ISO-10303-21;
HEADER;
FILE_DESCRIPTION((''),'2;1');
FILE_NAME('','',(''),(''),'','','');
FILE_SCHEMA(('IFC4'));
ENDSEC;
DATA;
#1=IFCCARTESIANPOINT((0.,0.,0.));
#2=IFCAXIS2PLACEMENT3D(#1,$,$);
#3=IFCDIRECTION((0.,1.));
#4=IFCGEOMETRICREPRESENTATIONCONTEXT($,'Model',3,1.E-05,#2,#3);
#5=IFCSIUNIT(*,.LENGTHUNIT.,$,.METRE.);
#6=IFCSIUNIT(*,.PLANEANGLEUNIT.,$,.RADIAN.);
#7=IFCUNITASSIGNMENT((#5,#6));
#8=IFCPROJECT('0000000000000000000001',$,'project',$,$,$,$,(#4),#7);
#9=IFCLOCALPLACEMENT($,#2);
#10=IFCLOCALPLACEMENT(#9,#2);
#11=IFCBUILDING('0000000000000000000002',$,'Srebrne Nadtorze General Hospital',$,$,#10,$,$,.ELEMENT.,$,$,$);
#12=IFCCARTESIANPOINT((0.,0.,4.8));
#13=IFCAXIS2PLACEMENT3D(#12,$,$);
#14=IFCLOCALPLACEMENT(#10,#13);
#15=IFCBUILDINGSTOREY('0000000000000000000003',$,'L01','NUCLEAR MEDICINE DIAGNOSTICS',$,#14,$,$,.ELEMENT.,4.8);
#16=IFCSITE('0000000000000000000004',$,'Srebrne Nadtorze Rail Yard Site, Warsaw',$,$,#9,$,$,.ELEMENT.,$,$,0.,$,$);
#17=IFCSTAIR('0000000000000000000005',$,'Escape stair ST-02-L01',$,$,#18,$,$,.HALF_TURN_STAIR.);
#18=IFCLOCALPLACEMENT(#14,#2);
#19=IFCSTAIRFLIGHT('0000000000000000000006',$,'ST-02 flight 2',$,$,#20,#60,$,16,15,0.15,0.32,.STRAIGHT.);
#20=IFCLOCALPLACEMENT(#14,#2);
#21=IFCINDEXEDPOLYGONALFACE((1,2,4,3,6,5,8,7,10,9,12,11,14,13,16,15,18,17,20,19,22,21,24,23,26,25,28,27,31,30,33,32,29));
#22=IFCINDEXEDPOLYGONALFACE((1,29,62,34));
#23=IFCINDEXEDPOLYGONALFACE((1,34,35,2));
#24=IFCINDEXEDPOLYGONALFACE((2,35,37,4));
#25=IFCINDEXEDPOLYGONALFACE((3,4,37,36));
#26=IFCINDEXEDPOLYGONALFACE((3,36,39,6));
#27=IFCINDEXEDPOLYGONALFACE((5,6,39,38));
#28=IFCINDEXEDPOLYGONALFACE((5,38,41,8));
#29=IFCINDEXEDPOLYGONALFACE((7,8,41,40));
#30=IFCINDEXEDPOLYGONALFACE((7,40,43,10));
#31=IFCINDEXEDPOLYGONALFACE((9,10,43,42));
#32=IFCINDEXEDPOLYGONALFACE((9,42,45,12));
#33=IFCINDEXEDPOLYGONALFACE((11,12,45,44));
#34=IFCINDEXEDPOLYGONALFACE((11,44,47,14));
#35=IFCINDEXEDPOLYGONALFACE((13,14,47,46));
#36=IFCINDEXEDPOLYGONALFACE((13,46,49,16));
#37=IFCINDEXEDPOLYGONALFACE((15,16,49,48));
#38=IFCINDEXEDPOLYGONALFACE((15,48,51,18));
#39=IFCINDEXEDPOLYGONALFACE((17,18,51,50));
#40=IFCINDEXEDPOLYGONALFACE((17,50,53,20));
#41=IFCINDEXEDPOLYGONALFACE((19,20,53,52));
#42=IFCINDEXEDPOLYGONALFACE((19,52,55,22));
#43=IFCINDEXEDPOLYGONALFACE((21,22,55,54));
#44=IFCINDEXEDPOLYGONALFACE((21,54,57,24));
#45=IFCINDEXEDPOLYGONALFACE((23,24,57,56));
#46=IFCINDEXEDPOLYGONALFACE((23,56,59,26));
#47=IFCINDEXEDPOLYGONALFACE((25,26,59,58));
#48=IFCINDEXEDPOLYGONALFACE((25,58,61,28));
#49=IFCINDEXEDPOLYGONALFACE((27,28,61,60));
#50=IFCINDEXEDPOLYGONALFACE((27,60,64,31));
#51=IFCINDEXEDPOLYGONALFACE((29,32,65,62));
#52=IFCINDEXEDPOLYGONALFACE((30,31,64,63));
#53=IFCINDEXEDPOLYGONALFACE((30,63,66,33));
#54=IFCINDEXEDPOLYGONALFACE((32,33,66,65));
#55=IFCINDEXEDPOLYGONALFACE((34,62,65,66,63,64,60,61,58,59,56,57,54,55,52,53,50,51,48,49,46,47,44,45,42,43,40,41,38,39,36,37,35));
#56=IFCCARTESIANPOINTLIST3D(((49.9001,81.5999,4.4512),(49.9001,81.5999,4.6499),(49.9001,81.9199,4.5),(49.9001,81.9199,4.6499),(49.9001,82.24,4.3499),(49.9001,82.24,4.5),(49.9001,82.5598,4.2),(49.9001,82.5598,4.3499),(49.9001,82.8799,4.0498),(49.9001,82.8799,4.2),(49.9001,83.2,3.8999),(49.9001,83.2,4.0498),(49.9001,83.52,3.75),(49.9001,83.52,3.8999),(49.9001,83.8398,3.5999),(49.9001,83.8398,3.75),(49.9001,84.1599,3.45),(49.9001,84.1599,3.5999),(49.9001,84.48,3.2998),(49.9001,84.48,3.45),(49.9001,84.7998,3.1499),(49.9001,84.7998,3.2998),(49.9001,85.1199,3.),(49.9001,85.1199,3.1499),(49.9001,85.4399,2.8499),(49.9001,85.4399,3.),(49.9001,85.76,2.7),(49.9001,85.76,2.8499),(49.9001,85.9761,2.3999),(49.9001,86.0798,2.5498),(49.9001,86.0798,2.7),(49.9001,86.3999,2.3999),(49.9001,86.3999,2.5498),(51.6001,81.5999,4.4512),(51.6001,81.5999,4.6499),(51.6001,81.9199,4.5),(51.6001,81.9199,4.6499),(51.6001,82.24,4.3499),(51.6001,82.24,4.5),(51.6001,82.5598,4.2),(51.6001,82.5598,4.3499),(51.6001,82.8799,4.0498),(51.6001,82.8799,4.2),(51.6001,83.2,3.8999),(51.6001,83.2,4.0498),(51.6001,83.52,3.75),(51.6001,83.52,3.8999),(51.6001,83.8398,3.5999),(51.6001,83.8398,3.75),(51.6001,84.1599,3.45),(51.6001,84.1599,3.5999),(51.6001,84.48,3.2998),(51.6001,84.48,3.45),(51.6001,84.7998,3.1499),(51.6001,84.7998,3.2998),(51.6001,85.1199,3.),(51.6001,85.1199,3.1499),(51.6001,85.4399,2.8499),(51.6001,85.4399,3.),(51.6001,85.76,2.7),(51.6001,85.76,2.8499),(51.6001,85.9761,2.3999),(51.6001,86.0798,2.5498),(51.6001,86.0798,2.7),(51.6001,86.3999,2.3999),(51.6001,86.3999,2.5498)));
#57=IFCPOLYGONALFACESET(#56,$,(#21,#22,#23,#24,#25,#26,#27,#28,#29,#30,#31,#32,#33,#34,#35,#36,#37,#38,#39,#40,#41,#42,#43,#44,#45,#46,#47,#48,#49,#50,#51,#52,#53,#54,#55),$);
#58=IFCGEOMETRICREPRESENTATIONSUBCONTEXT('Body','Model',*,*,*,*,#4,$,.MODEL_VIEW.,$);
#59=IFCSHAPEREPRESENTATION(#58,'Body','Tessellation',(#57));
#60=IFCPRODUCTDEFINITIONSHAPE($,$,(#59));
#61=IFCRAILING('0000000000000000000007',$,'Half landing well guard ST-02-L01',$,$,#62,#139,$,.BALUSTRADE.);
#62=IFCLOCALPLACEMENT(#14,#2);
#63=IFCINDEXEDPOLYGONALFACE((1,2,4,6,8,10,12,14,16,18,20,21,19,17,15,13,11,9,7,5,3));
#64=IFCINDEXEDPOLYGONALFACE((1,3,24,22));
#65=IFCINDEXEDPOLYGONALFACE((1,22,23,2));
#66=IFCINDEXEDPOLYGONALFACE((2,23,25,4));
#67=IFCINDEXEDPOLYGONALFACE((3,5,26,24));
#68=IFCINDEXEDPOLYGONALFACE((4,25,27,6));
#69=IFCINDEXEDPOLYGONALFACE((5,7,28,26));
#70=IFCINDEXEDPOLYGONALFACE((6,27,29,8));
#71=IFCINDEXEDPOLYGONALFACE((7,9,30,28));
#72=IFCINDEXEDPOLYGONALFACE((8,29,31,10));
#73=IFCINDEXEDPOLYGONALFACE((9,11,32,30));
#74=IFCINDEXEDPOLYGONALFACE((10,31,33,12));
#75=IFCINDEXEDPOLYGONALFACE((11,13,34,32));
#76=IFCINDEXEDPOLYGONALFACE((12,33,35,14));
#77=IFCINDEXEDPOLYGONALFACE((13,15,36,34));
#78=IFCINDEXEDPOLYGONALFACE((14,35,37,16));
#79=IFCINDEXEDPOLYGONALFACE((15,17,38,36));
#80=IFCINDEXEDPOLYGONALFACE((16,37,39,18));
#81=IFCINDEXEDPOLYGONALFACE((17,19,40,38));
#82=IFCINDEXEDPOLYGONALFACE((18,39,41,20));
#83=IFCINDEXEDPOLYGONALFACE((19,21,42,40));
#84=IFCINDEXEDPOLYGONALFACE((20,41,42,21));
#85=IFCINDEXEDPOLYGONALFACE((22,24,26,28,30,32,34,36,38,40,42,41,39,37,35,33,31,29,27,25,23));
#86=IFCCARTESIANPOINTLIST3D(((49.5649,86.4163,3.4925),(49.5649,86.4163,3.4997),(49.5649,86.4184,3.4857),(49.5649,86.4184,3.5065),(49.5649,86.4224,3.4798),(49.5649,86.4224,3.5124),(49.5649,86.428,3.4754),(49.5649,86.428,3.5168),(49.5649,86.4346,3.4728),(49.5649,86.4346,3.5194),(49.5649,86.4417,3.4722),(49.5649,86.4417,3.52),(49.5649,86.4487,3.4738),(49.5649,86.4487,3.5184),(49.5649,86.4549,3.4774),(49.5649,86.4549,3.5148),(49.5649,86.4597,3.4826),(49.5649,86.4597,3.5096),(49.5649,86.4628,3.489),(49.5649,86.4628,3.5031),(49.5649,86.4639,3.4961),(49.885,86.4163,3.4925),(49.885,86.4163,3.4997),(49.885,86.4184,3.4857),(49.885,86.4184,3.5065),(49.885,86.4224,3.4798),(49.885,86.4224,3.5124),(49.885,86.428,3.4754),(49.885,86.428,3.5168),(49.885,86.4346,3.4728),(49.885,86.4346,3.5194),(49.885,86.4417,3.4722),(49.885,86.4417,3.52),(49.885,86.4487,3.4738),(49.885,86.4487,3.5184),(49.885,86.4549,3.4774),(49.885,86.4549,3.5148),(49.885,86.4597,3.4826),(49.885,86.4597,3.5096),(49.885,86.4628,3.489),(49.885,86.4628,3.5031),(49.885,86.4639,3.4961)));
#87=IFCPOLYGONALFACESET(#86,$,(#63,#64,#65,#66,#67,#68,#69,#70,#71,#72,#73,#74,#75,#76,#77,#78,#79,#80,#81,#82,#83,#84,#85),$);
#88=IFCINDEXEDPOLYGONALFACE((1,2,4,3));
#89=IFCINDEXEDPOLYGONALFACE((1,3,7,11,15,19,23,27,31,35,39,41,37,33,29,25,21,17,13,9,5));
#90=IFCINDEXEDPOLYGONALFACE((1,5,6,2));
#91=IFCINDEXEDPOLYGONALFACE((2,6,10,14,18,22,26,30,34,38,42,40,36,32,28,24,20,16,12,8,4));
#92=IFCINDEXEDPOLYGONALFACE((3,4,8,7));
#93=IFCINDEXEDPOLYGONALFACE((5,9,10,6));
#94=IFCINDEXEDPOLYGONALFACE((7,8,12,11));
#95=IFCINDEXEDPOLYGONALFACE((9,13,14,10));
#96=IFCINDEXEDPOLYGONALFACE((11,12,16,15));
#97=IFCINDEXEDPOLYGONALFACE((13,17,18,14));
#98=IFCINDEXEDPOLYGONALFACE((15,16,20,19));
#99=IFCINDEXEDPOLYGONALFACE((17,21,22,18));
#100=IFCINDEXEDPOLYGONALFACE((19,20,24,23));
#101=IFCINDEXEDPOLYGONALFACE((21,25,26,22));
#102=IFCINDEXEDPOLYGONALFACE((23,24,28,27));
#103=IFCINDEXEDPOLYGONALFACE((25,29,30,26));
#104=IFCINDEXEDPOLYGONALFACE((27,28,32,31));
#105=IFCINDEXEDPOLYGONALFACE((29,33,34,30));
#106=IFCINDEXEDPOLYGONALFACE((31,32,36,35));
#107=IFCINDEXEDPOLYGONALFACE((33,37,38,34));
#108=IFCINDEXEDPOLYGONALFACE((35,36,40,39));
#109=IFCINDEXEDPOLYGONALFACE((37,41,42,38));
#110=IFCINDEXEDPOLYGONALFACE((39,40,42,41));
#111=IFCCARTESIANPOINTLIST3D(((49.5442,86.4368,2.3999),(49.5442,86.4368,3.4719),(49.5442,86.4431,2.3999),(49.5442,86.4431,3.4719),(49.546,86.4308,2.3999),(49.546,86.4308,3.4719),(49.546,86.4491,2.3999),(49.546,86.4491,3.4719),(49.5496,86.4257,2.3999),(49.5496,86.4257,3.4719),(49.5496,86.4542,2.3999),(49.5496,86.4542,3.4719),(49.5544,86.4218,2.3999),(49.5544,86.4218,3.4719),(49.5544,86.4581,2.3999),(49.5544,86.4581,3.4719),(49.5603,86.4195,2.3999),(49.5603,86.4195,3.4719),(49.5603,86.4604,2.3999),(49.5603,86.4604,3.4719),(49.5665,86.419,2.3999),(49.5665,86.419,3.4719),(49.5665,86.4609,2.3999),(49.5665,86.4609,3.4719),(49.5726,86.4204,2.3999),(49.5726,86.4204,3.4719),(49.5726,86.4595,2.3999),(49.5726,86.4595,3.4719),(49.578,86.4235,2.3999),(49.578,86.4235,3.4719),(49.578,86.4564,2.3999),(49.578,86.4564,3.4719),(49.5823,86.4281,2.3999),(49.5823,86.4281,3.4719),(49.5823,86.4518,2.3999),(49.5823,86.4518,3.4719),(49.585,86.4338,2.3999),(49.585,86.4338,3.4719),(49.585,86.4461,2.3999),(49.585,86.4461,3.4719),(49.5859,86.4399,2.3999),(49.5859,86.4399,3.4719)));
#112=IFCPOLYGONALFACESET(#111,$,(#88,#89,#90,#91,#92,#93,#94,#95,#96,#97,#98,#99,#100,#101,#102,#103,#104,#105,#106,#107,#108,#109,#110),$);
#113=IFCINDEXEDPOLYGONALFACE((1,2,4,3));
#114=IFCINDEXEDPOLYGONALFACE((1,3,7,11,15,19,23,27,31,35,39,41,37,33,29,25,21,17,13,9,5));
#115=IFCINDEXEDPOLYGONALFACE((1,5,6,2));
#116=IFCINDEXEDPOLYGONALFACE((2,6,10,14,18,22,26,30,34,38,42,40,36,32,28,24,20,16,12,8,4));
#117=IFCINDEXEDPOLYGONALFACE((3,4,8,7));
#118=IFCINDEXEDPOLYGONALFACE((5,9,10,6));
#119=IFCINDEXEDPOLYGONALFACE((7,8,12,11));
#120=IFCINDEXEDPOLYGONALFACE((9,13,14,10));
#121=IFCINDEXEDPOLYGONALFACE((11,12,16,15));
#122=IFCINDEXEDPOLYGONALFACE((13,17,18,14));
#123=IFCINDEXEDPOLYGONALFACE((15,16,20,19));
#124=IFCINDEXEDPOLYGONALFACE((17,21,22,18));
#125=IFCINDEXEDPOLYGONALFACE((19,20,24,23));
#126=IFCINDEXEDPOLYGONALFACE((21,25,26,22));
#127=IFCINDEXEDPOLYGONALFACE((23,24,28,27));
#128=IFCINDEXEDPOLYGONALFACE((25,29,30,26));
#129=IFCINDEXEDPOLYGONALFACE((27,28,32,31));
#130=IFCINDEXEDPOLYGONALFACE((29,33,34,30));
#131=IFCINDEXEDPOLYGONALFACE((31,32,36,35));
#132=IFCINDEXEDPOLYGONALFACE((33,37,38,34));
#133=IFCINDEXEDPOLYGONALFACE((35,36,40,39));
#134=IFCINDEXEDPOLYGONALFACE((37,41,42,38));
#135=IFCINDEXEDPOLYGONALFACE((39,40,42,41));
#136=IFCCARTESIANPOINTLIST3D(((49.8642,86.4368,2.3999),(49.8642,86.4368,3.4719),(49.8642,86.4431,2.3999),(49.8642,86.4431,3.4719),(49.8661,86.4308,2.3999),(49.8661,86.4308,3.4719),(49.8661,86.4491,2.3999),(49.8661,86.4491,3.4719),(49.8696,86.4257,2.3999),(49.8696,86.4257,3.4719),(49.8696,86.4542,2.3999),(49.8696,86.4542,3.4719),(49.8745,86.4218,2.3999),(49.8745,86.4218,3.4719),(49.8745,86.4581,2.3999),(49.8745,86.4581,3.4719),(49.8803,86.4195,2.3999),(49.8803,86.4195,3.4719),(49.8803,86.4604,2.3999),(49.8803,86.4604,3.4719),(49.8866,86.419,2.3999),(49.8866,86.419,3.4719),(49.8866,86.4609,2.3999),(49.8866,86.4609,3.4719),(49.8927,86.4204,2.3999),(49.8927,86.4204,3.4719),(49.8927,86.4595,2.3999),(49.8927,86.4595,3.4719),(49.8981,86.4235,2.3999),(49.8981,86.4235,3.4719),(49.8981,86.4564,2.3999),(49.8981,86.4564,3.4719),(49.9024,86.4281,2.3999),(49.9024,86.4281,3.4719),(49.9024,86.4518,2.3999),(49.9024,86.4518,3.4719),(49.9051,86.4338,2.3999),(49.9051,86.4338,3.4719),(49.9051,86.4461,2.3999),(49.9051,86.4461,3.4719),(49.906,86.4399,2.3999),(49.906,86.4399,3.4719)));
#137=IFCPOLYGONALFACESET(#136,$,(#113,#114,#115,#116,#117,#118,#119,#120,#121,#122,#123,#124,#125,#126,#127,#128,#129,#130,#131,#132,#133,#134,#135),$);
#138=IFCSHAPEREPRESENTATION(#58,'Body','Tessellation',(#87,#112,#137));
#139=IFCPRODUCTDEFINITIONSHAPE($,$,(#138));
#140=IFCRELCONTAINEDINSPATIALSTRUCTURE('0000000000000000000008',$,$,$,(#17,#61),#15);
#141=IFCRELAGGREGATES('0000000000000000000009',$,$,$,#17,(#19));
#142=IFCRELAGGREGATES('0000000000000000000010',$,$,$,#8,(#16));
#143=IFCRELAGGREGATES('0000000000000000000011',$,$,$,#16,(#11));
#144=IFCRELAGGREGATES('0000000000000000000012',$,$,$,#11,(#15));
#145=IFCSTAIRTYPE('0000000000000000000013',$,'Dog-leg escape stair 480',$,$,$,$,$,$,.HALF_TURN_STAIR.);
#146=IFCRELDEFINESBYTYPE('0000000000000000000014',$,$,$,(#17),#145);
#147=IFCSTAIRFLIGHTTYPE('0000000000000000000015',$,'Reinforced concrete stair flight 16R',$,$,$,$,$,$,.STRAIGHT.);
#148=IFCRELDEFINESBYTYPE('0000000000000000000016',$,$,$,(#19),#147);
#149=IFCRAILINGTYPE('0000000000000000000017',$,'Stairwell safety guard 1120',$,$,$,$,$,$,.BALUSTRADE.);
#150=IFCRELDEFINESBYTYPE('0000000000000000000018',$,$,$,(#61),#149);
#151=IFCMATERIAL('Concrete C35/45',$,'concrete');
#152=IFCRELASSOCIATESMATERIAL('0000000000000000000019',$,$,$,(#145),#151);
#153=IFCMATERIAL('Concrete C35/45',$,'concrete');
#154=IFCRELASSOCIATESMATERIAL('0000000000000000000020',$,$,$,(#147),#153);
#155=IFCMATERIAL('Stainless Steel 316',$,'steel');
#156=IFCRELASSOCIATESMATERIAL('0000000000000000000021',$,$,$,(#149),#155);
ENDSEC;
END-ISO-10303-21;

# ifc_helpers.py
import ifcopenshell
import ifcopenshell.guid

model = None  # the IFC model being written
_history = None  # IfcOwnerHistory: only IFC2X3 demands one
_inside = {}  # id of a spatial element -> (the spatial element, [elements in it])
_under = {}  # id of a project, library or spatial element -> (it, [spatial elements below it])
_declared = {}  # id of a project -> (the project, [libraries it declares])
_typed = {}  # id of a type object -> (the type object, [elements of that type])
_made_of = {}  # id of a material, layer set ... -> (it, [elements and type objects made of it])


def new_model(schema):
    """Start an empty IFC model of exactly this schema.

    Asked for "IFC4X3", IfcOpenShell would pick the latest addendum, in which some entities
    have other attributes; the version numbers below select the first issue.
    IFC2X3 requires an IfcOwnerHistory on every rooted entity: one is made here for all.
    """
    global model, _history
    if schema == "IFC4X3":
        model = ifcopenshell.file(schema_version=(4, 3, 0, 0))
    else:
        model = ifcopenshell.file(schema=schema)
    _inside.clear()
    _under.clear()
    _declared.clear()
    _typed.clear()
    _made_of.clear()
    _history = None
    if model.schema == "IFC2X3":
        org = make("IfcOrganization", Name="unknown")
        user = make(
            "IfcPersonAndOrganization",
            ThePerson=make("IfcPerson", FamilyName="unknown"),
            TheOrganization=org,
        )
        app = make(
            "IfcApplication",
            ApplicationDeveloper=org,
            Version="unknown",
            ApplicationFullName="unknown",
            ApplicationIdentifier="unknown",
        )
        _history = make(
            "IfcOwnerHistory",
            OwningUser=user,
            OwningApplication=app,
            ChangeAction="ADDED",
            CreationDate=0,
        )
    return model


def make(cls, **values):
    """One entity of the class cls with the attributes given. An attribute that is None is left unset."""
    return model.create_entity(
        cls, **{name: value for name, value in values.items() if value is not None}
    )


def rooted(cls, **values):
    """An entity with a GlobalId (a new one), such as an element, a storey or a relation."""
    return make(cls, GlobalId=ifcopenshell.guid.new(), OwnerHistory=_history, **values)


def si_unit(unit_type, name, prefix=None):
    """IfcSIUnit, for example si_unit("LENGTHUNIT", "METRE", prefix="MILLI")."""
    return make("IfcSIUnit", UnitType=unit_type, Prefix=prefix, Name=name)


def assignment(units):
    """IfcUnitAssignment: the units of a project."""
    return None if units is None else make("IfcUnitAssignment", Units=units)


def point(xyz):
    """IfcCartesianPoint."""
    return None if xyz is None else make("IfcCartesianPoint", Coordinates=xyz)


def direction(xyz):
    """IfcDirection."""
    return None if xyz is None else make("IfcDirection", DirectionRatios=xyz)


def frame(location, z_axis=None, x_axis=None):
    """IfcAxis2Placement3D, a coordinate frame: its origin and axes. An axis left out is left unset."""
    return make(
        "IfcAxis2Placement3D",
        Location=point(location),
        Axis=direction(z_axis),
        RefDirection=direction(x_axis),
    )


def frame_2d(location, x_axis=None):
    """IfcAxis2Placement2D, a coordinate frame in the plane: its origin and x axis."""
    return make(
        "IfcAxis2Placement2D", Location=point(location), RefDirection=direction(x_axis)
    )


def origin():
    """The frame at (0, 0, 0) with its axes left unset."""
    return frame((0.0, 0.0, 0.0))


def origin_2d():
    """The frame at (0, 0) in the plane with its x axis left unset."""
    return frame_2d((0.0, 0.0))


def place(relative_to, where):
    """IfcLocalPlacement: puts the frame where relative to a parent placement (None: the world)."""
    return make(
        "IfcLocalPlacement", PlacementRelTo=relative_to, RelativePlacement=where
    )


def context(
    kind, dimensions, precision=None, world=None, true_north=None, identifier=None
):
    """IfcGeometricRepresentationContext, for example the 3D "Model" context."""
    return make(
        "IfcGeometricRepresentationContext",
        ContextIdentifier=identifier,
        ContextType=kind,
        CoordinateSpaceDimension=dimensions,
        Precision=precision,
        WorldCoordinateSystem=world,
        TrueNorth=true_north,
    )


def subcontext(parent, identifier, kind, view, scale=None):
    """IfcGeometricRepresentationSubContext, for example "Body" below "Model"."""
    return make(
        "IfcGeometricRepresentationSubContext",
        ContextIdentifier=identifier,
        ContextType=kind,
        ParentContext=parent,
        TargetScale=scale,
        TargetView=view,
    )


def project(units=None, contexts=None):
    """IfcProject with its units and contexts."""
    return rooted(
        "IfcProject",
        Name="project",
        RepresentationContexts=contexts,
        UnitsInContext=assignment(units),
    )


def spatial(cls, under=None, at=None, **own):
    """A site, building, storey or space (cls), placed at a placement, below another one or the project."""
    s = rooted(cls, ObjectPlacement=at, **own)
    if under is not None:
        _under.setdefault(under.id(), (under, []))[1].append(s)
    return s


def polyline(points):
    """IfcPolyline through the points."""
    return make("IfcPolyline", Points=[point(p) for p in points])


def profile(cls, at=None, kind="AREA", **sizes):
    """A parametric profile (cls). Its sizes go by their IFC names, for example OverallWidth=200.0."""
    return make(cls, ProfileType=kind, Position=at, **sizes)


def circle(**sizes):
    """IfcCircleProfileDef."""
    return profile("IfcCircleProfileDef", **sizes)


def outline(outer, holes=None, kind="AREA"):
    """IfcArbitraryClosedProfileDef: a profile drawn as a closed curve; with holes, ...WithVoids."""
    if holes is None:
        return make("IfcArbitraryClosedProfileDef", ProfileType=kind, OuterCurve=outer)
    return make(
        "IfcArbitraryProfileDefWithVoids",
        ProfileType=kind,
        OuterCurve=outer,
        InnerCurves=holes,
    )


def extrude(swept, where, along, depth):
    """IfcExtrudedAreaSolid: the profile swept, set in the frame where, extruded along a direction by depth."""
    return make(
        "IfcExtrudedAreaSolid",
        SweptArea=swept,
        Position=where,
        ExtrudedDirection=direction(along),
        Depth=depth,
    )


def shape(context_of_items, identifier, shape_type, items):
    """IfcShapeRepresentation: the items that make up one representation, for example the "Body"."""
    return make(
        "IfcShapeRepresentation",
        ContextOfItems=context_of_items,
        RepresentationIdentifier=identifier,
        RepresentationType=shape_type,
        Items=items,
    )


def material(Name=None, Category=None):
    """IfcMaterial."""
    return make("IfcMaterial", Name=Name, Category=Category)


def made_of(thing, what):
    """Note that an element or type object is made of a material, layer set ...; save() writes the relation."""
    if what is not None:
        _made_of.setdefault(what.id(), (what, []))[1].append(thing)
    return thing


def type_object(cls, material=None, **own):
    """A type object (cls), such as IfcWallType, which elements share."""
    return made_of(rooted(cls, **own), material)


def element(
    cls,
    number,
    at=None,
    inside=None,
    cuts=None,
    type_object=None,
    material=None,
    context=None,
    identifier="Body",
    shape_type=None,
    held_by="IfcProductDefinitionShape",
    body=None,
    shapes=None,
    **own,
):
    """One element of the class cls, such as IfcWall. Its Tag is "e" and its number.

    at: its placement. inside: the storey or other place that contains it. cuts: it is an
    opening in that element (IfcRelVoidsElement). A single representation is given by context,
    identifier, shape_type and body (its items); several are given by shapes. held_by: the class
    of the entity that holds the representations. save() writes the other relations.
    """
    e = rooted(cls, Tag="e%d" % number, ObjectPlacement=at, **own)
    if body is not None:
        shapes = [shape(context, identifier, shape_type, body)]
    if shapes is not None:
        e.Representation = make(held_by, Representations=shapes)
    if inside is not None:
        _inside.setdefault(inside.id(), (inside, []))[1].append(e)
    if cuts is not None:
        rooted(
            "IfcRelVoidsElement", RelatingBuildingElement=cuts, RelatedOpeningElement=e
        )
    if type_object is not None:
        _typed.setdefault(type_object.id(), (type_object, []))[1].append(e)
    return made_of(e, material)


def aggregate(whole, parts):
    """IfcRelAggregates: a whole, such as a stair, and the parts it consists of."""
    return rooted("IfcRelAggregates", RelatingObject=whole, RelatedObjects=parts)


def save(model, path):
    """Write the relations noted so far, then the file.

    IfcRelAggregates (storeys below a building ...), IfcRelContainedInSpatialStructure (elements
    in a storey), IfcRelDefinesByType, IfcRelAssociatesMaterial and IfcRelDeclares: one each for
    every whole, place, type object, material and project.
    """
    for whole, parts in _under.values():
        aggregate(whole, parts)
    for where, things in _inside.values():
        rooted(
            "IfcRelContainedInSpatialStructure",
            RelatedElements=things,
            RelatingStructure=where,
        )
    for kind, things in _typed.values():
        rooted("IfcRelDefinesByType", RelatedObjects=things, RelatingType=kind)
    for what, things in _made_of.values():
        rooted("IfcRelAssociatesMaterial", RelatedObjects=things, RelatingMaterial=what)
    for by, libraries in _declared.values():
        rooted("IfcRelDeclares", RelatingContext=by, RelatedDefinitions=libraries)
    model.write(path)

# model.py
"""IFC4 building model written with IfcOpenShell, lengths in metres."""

from ifc_helpers import new_model, si_unit, direction, frame, origin, origin_2d, place, context, subcontext, project, spatial, polyline, circle, outline, extrude, material, type_object, element, aggregate, save


model = new_model("IFC4")

# Units and contexts
model_context = context("Model", 3, precision=1e-05, world=origin(), true_north=direction((0.0, 1.0)))
body_context = subcontext(model_context, "Body", "Model", "MODEL_VIEW")
ifc_project = project(units=[si_unit("LENGTHUNIT", "METRE"), si_unit("PLANEANGLEUNIT", "RADIAN")], contexts=[model_context])

# Site, building, storey
site_placement = place(None, origin())
site = spatial("IfcSite", under=ifc_project, at=site_placement, Name="Srebrne Nadtorze Rail Yard Site, Warsaw", CompositionType="ELEMENT", RefElevation=0.0)
building_placement = place(site_placement, origin())
building = spatial("IfcBuilding", under=site, at=building_placement, Name="Srebrne Nadtorze General Hospital", CompositionType="ELEMENT")
storey_placement = place(building_placement, frame((0.0, 0.0, 4.8)))
storey = spatial("IfcBuildingStorey", under=building, at=storey_placement, Name="L01", Description="NUCLEAR MEDICINE DIAGNOSTICS", CompositionType="ELEMENT", Elevation=4.8)

# Stair, stair flight
ifc_material_1 = material(Name="Concrete C35/45", Category="concrete")
stair_type = type_object("IfcStairType", Name="Dog-leg escape stair 480", PredefinedType="HALF_TURN_STAIR", material=ifc_material_1)
stair_placement = place(storey_placement, origin())
stair = element("IfcStair", 1, at=stair_placement, inside=storey, type_object=stair_type, Name="Escape stair ST-02-L01", PredefinedType="HALF_TURN_STAIR")
ifc_material_2 = material(Name="Concrete C35/45", Category="concrete")
stair_flight_type = type_object("IfcStairFlightType", Name="Reinforced concrete stair flight 16R", PredefinedType="STRAIGHT", material=ifc_material_2)
stair_flight_1_placement = place(storey_placement, frame((50.75, 86.3999, 2.3999), z_axis=(0.0, 0.0, 1.0), x_axis=(0.0, -1.0, 0.0)))
stair_flight_1 = element("IfcStairFlight", 2, at=stair_flight_1_placement, type_object=stair_flight_type, Name="ST-02 flight 2", NumberOfRisers=16, NumberOfTreads=15, PredefinedType="STRAIGHT", RiserHeight=0.15, TreadLength=0.32, context=body_context, shape_type="SweptSolid", body=[
    extrude(outline(polyline([(0.0, 0.0), (0.0, 0.1499), (0.3201, 0.1499), (0.3201, 0.3), (0.6399, 0.3), (0.6399, 0.45), (0.96, 0.45), (0.96, 0.6001), (1.28, 0.6001), (1.28, 0.75), (1.6001, 0.75), (1.6001, 0.8999), (1.9199, 0.8999), (1.9199, 1.05), (2.24, 1.05), (2.24, 1.2), (2.5601, 1.2), (2.5601, 1.3501), (2.8799, 1.3501), (2.8799, 1.5), (3.2, 1.5), (3.2, 1.6499), (3.52, 1.6499), (3.52, 1.8), (3.8401, 1.8), (3.8401, 1.95), (4.1599, 1.95), (4.1599, 2.1001), (4.48, 2.1001), (4.48, 2.25), (4.8, 2.25), (4.8, 2.3999), (4.8, 2.0513), (0.4238, 0.0), (0.0, 0.0)])), frame((0.0, 0.8501, 0.0), z_axis=(0.0, -1.0, 0.0), x_axis=(1.0, 0.0, 0.0)), (0.0, 0.0, 1.0), 1.7),
])
aggregate(stair, [stair_flight_1])

# Railing
ifc_material_3 = material(Name="Stainless Steel 316", Category="steel")
railing_type_1 = type_object("IfcRailingType", Name="Stairwell safety guard 1120", PredefinedType="BALUSTRADE", material=ifc_material_3)
railing_1_placement = place(storey_placement, frame((49.5649, 86.4399, 2.3999)))
element("IfcRailing", 3, at=railing_1_placement, inside=storey, type_object=railing_type_1, Name="Half landing well guard ST-02-L01", PredefinedType="BALUSTRADE", context=body_context, shape_type="SweptSolid", body=[
    extrude(circle(Radius=0.0239, at=origin_2d()), frame((0.0, 0.0, 1.0962), z_axis=(1.0, 0.0, 0.0), x_axis=(0.0, 1.0, 0.0)), (0.0, 0.0, 1.0), 0.3201),
    extrude(circle(Radius=0.021, at=origin_2d()), origin(), (0.0, 0.0, 1.0), 1.072),
    extrude(circle(Radius=0.021, at=origin_2d()), frame((0.3201, 0.0, 0.0)), (0.0, 0.0, 1.0), 1.072),
])

save(model, "model.ifc")
